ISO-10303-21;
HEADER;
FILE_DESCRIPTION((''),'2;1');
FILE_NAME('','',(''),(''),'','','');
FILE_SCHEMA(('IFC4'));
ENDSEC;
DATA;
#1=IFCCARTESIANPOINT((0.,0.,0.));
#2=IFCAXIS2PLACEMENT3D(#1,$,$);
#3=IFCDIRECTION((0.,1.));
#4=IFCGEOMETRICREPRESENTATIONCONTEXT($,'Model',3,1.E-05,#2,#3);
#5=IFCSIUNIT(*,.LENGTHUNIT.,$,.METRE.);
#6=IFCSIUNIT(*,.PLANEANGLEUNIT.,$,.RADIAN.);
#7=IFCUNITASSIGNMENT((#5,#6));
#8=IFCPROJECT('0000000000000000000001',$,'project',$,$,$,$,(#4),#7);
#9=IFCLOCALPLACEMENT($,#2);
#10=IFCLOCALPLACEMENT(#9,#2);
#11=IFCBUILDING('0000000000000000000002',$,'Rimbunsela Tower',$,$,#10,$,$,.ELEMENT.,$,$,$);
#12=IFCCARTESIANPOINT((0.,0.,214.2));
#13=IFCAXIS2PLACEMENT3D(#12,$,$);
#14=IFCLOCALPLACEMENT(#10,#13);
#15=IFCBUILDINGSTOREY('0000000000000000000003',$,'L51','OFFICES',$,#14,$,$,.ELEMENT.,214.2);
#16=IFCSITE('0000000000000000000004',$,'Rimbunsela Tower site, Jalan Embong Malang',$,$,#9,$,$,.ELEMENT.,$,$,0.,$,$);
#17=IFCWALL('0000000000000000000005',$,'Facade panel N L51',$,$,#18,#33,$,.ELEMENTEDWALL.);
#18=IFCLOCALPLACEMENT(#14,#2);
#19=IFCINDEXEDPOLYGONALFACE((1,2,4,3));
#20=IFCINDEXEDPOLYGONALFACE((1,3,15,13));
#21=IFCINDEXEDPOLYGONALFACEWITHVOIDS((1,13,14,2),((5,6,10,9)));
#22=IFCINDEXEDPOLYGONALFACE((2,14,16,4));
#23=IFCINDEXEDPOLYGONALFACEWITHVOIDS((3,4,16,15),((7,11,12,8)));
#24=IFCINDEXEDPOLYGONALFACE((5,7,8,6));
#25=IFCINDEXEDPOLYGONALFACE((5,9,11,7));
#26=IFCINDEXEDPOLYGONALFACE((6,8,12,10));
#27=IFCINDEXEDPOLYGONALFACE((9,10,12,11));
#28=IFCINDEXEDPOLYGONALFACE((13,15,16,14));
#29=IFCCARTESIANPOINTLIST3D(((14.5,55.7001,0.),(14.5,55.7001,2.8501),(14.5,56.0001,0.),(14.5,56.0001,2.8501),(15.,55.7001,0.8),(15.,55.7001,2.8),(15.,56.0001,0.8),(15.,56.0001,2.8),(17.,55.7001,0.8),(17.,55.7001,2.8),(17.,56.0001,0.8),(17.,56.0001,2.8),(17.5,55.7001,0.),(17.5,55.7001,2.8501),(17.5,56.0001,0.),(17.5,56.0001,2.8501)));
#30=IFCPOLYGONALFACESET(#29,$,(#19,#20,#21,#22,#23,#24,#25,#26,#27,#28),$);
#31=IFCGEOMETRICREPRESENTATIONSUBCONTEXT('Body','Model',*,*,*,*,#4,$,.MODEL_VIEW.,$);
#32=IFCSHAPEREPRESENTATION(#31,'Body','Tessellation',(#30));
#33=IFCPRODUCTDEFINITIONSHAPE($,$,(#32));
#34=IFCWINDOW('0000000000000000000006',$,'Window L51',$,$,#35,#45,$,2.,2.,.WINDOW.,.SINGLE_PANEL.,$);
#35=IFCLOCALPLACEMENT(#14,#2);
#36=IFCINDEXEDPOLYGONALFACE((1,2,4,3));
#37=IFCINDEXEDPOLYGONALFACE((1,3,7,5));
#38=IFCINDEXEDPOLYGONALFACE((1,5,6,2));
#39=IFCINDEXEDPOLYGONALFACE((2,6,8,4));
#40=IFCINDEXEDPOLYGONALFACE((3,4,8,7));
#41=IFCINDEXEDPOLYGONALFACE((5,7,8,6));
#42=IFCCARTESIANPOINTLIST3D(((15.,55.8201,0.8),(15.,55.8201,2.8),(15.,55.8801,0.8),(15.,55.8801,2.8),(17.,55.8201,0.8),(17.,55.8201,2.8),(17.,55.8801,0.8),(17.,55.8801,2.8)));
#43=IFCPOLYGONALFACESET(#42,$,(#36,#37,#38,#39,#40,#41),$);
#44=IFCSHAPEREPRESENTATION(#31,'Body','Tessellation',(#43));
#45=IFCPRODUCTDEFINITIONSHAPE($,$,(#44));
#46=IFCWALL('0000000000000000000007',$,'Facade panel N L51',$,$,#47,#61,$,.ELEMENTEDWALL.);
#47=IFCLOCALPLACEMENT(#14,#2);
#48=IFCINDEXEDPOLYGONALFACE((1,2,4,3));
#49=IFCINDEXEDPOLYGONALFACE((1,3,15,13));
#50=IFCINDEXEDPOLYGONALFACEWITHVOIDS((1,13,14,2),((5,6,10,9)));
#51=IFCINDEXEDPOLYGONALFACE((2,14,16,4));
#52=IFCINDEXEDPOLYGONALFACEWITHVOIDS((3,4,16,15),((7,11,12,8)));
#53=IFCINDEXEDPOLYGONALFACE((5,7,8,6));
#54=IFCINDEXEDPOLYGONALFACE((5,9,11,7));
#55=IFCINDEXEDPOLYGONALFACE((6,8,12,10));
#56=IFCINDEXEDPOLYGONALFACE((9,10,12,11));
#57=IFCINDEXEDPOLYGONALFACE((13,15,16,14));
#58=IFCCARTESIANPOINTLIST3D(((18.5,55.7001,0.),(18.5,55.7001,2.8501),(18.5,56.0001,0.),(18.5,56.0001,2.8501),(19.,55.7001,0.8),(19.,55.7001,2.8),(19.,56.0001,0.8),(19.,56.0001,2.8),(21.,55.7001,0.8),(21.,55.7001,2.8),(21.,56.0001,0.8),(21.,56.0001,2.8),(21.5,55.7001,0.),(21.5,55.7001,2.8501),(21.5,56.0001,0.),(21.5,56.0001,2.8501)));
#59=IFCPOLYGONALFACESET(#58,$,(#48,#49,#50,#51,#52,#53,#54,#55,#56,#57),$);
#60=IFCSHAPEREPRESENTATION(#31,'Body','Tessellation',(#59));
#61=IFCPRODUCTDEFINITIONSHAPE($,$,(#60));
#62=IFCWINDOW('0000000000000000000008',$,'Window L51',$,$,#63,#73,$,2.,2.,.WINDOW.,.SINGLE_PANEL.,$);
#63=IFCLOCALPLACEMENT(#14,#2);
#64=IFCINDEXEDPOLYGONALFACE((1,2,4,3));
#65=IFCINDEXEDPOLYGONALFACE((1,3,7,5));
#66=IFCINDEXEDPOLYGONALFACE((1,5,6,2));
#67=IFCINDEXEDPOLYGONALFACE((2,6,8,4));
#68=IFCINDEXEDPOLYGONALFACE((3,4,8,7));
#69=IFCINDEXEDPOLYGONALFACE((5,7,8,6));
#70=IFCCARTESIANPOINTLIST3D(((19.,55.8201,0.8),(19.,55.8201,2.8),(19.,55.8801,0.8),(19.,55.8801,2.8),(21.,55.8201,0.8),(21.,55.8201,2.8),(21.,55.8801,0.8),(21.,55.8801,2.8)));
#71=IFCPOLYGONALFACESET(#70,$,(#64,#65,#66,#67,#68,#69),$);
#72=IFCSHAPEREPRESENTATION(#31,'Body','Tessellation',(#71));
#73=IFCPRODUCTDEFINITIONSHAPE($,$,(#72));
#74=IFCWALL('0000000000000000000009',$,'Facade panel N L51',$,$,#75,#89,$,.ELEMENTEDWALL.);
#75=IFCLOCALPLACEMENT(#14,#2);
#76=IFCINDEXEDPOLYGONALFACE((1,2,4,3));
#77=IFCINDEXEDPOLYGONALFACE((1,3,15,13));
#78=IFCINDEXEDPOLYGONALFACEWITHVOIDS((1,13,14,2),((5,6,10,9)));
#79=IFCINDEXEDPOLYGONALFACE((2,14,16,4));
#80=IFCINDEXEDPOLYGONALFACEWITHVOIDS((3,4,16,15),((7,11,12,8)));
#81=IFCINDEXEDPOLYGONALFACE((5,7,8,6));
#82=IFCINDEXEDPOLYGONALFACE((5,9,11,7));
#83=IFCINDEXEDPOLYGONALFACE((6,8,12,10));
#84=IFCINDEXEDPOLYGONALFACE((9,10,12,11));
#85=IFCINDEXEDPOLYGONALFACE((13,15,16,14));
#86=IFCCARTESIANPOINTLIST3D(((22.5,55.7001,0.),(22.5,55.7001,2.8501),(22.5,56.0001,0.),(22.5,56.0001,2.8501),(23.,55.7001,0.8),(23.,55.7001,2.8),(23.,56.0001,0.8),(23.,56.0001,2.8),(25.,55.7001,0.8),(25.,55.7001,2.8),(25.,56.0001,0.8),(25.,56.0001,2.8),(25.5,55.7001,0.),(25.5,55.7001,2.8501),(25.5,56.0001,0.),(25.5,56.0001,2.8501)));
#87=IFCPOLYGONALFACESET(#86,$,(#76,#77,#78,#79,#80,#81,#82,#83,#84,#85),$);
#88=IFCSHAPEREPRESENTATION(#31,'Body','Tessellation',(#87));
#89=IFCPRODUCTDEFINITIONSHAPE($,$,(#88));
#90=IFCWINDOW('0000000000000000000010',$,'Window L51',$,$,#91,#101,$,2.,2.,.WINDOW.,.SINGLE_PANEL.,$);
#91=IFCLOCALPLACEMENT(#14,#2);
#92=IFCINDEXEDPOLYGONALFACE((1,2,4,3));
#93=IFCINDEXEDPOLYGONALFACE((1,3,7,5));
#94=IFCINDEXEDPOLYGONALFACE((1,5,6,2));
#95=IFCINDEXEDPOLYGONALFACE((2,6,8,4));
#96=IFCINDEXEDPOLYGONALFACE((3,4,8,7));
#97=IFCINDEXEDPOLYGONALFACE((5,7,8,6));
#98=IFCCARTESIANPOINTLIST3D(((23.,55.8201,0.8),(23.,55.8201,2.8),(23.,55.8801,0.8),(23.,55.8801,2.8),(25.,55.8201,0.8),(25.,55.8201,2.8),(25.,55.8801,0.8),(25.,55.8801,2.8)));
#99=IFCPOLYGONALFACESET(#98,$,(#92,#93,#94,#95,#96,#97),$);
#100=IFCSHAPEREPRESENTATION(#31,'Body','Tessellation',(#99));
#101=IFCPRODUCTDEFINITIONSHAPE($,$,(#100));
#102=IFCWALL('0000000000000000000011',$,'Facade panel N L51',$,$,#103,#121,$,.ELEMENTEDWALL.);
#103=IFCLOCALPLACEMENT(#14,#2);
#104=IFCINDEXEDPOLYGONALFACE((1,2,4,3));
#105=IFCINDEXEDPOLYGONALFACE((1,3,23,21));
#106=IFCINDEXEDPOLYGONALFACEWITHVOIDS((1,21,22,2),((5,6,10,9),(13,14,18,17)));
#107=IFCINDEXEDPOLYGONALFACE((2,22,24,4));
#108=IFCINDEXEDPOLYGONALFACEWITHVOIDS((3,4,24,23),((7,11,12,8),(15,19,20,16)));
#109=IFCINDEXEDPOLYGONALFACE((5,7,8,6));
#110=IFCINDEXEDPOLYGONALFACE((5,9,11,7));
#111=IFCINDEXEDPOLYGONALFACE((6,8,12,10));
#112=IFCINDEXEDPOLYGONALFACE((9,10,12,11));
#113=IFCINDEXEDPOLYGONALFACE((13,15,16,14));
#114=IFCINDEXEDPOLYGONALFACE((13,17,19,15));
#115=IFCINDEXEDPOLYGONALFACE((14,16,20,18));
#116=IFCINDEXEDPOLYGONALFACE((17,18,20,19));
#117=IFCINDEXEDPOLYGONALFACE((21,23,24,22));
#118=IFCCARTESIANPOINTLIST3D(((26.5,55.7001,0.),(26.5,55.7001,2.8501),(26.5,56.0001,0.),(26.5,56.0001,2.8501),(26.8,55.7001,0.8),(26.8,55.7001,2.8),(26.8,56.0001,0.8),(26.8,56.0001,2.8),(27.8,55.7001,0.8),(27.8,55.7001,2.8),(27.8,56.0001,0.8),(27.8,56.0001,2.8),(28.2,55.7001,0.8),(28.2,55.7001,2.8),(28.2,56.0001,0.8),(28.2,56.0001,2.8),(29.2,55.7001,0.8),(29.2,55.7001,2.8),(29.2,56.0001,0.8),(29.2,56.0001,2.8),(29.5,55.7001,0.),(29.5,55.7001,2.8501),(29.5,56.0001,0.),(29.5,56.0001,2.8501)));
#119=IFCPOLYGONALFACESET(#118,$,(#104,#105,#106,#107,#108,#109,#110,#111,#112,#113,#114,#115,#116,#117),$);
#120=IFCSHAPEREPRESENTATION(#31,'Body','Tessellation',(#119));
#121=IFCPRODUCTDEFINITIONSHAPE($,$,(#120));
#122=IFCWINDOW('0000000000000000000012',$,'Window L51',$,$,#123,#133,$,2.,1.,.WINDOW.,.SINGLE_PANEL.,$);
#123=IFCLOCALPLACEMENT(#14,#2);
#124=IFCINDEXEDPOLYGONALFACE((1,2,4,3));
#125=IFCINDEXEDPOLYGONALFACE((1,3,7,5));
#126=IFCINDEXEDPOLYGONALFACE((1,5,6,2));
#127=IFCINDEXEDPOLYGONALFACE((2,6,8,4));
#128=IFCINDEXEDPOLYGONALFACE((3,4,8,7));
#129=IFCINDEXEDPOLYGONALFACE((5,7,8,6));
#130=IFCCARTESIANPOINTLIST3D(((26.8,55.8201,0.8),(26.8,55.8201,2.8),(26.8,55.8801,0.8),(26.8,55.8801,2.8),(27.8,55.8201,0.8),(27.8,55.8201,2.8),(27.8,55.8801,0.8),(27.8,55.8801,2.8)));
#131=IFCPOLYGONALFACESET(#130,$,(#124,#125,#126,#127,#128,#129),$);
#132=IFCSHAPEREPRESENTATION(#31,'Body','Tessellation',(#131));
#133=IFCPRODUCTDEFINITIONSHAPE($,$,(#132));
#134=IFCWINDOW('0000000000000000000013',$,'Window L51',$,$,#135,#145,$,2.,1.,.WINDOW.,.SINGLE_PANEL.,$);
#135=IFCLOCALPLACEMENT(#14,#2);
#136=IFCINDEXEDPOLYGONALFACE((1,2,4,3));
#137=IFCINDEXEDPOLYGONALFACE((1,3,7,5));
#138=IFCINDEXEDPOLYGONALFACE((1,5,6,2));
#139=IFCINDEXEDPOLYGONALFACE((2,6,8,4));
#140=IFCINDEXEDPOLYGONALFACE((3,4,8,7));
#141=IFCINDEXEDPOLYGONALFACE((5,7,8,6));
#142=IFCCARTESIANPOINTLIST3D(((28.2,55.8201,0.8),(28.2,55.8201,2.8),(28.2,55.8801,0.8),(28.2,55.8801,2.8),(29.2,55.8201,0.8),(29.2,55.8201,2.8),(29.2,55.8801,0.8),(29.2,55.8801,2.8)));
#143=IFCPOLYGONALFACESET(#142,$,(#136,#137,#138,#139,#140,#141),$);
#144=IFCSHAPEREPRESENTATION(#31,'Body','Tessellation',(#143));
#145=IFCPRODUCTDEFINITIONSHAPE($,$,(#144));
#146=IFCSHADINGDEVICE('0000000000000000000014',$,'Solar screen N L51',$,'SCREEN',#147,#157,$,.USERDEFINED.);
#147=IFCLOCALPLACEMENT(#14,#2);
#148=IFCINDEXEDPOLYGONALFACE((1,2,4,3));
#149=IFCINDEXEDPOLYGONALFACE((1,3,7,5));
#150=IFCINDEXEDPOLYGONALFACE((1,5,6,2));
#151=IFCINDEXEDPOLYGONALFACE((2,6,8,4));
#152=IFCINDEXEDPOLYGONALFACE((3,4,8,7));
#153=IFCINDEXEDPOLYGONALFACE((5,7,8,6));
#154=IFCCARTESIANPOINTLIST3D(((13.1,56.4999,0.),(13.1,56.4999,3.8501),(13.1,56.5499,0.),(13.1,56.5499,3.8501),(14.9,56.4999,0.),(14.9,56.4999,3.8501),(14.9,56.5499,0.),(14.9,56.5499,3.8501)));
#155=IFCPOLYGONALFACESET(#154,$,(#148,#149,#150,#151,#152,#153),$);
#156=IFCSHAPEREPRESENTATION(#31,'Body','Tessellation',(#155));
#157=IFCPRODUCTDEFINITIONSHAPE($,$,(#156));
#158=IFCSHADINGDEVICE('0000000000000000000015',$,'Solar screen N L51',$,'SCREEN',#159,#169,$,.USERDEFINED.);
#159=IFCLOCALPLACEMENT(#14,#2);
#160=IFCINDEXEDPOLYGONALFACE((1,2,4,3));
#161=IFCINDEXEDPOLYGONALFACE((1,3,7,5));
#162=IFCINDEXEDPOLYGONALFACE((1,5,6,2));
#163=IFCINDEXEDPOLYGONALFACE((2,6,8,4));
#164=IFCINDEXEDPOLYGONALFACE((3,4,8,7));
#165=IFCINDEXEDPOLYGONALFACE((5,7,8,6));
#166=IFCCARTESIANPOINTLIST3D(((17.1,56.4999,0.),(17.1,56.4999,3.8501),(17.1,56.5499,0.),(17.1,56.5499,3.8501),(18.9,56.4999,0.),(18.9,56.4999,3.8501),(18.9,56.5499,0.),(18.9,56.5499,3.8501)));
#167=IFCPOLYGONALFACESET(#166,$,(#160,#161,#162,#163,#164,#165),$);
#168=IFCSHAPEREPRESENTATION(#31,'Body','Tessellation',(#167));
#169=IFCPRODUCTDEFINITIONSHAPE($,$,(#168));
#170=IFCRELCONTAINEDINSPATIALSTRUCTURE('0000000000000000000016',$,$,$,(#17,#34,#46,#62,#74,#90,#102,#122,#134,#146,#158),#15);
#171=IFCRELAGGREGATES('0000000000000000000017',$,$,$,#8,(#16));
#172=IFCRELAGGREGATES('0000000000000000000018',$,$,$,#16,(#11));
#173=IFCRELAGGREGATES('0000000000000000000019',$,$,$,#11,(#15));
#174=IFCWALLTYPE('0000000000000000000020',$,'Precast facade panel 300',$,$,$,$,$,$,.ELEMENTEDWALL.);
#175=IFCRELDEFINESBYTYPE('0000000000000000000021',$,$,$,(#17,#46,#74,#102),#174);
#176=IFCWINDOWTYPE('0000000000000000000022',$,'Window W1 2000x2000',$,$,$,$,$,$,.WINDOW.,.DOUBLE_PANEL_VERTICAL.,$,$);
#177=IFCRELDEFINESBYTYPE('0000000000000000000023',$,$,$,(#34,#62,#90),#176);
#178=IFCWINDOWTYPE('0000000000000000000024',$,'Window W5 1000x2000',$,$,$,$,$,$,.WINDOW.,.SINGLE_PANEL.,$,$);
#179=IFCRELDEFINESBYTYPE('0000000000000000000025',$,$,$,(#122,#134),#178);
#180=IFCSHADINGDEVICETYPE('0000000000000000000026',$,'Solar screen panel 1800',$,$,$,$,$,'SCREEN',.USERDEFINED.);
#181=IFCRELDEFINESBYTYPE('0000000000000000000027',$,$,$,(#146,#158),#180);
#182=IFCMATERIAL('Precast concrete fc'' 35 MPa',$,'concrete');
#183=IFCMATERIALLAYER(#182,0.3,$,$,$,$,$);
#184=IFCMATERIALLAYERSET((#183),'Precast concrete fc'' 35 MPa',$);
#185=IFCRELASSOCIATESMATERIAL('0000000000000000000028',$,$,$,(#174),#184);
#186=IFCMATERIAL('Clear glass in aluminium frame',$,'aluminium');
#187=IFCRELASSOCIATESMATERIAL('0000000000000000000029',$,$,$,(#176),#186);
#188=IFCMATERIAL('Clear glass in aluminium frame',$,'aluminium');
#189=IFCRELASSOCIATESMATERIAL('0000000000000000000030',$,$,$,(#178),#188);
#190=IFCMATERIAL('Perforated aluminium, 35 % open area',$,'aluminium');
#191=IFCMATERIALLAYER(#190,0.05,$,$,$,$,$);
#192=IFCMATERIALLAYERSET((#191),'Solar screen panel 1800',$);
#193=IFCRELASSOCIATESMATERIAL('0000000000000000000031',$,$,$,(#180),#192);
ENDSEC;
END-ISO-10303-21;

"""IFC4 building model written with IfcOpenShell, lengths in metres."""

from ifc_helpers import new_model, si_unit, direction, frame, frame_2d, origin, origin_2d, place, context, subcontext, project, spatial, rectangle, extrude, material, layer, layer_set, type_object, element, fill, save


model = new_model("IFC4")

# Units and contexts
model_context = context("Model", 3, precision=1e-05, world=origin(), true_north=direction((0.0, 1.0)))
body_context = subcontext(model_context, "Body", "Model", "MODEL_VIEW")
ifc_project = project(units=[si_unit("LENGTHUNIT", "METRE"), si_unit("PLANEANGLEUNIT", "RADIAN")], contexts=[model_context])

# Site, building, storey
site_placement = place(None, origin())
site = spatial("IfcSite", under=ifc_project, at=site_placement, Name="Rimbunsela Tower site, Jalan Embong Malang", CompositionType="ELEMENT", RefElevation=0.0)
building_placement = place(site_placement, origin())
building = spatial("IfcBuilding", under=site, at=building_placement, Name="Rimbunsela Tower", CompositionType="ELEMENT")
storey_placement = place(building_placement, frame((0.0, 0.0, 214.2)))
storey = spatial("IfcBuildingStorey", under=building, at=storey_placement, Name="L51", Description="OFFICES", CompositionType="ELEMENT", Elevation=214.2)

# Walls, openings, windows
ifc_material_1 = material(Name="Precast concrete fc' 35 MPa", Category="concrete")
ifc_layer_1 = layer(ifc_material_1, 0.3)
ifc_layer_set_1 = layer_set([ifc_layer_1], Name="Precast concrete fc' 35 MPa")
wall_type_1 = type_object("IfcWallType", Name="Precast facade panel 300", PredefinedType="ELEMENTEDWALL", material=ifc_layer_set_1)
wall_1_placement = place(storey_placement, frame((17.5, 55.8501, 0.0), z_axis=(0.0, 0.0, 1.0), x_axis=(-1.0, 0.0, 0.0)))
wall_1 = element("IfcWall", 1, at=wall_1_placement, inside=storey, type_object=wall_type_1, Name="Facade panel N L51", PredefinedType="ELEMENTEDWALL", context=body_context, shape_type="SweptSolid", body=[
    extrude(rectangle(XDim=3.0, YDim=0.3, at=frame_2d((1.5, 0.0))), origin(), (0.0, 0.0, 1.0), 2.8501),
])
opening_1_placement = place(wall_1_placement, frame((0.5, 0.0, 0.8)))
opening_1 = element("IfcOpeningElement", 2, at=opening_1_placement, cuts=wall_1, PredefinedType="OPENING", context=body_context, shape_type="SweptSolid", body=[
    extrude(rectangle(XDim=2.0, YDim=2.0, at=frame_2d((1.0, 1.0))), frame((0.0, 0.1599, 0.0), z_axis=(0.0, -1.0, 0.0), x_axis=(1.0, 0.0, 0.0)), (0.0, 0.0, 1.0), 0.3201),
])
ifc_material_2 = material(Name="Clear glass in aluminium frame", Category="aluminium")
window_type_1 = type_object("IfcWindowType", Name="Window W1 2000x2000", PartitioningType="DOUBLE_PANEL_VERTICAL", PredefinedType="WINDOW", material=ifc_material_2)
window_1_placement = place(opening_1_placement, origin())
window_1 = element("IfcWindow", 3, at=window_1_placement, inside=storey, type_object=window_type_1, Name="Window L51", OverallHeight=2.0, OverallWidth=2.0, PartitioningType="SINGLE_PANEL", PredefinedType="WINDOW", context=body_context, shape_type="SweptSolid", body=[
    extrude(rectangle(XDim=2.0, YDim=2.0, at=frame_2d((1.0, 1.0))), frame((0.0, 0.03, 0.0), z_axis=(0.0, -1.0, 0.0), x_axis=(1.0, 0.0, 0.0)), (0.0, 0.0, 1.0), 0.0601),
])
fill(opening_1, window_1)
wall_2_placement = place(storey_placement, frame((21.5, 55.8501, 0.0), z_axis=(0.0, 0.0, 1.0), x_axis=(-1.0, 0.0, 0.0)))
wall_2 = element("IfcWall", 4, at=wall_2_placement, inside=storey, type_object=wall_type_1, Name="Facade panel N L51", PredefinedType="ELEMENTEDWALL", context=body_context, shape_type="SweptSolid", body=[
    extrude(rectangle(XDim=3.0, YDim=0.3, at=frame_2d((1.5, 0.0))), origin(), (0.0, 0.0, 1.0), 2.8501),
])
opening_2_placement = place(wall_2_placement, frame((0.5, 0.0, 0.8)))
opening_2 = element("IfcOpeningElement", 5, at=opening_2_placement, cuts=wall_2, PredefinedType="OPENING", context=body_context, shape_type="SweptSolid", body=[
    extrude(rectangle(XDim=2.0, YDim=2.0, at=frame_2d((1.0, 1.0))), frame((0.0, 0.1599, 0.0), z_axis=(0.0, -1.0, 0.0), x_axis=(1.0, 0.0, 0.0)), (0.0, 0.0, 1.0), 0.3201),
])
window_2_placement = place(opening_2_placement, origin())
window_2 = element("IfcWindow", 6, at=window_2_placement, inside=storey, type_object=window_type_1, Name="Window L51", OverallHeight=2.0, OverallWidth=2.0, PartitioningType="SINGLE_PANEL", PredefinedType="WINDOW", context=body_context, shape_type="SweptSolid", body=[
    extrude(rectangle(XDim=2.0, YDim=2.0, at=frame_2d((1.0, 1.0))), frame((0.0, 0.03, 0.0), z_axis=(0.0, -1.0, 0.0), x_axis=(1.0, 0.0, 0.0)), (0.0, 0.0, 1.0), 0.0601),
])
fill(opening_2, window_2)
wall_3_placement = place(storey_placement, frame((25.5, 55.8501, 0.0), z_axis=(0.0, 0.0, 1.0), x_axis=(-1.0, 0.0, 0.0)))
wall_3 = element("IfcWall", 7, at=wall_3_placement, inside=storey, type_object=wall_type_1, Name="Facade panel N L51", PredefinedType="ELEMENTEDWALL", context=body_context, shape_type="SweptSolid", body=[
    extrude(rectangle(XDim=3.0, YDim=0.3, at=frame_2d((1.5, 0.0))), origin(), (0.0, 0.0, 1.0), 2.8501),
])
opening_3_placement = place(wall_3_placement, frame((0.5, 0.0, 0.8)))
opening_3 = element("IfcOpeningElement", 8, at=opening_3_placement, cuts=wall_3, PredefinedType="OPENING", context=body_context, shape_type="SweptSolid", body=[
    extrude(rectangle(XDim=2.0, YDim=2.0, at=frame_2d((1.0, 1.0))), frame((0.0, 0.1599, 0.0), z_axis=(0.0, -1.0, 0.0), x_axis=(1.0, 0.0, 0.0)), (0.0, 0.0, 1.0), 0.3201),
])
window_3_placement = place(opening_3_placement, origin())
window_3 = element("IfcWindow", 9, at=window_3_placement, inside=storey, type_object=window_type_1, Name="Window L51", OverallHeight=2.0, OverallWidth=2.0, PartitioningType="SINGLE_PANEL", PredefinedType="WINDOW", context=body_context, shape_type="SweptSolid", body=[
    extrude(rectangle(XDim=2.0, YDim=2.0, at=frame_2d((1.0, 1.0))), frame((0.0, 0.03, 0.0), z_axis=(0.0, -1.0, 0.0), x_axis=(1.0, 0.0, 0.0)), (0.0, 0.0, 1.0), 0.0601),
])
fill(opening_3, window_3)

# Wall, openings, windows
wall_4_placement = place(storey_placement, frame((29.5, 55.8501, 0.0), z_axis=(0.0, 0.0, 1.0), x_axis=(-1.0, 0.0, 0.0)))
wall_4 = element("IfcWall", 10, at=wall_4_placement, inside=storey, type_object=wall_type_1, Name="Facade panel N L51", PredefinedType="ELEMENTEDWALL", context=body_context, shape_type="SweptSolid", body=[
    extrude(rectangle(XDim=3.0, YDim=0.3, at=frame_2d((1.5, 0.0))), origin(), (0.0, 0.0, 1.0), 2.8501),
])
opening_4_placement = place(wall_4_placement, frame((1.7, 0.0, 0.8)))
opening_4 = element("IfcOpeningElement", 11, at=opening_4_placement, cuts=wall_4, PredefinedType="OPENING", context=body_context, shape_type="SweptSolid", body=[
    extrude(rectangle(XDim=1.0, YDim=2.0, at=frame_2d((0.5, 1.0))), frame((0.0, 0.1599, 0.0), z_axis=(0.0, -1.0, 0.0), x_axis=(1.0, 0.0, 0.0)), (0.0, 0.0, 1.0), 0.3201),
])
opening_5_placement = place(wall_4_placement, frame((0.3, 0.0, 0.8)))
opening_5 = element("IfcOpeningElement", 12, at=opening_5_placement, cuts=wall_4, PredefinedType="OPENING", context=body_context, shape_type="SweptSolid", body=[
    extrude(rectangle(XDim=1.0, YDim=2.0, at=frame_2d((0.5, 1.0))), frame((0.0, 0.1599, 0.0), z_axis=(0.0, -1.0, 0.0), x_axis=(1.0, 0.0, 0.0)), (0.0, 0.0, 1.0), 0.3201),
])
ifc_material_3 = material(Name="Clear glass in aluminium frame", Category="aluminium")
window_type_2 = type_object("IfcWindowType", Name="Window W5 1000x2000", PartitioningType="SINGLE_PANEL", PredefinedType="WINDOW", material=ifc_material_3)
window_4_placement = place(opening_4_placement, origin())
window_4 = element("IfcWindow", 13, at=window_4_placement, inside=storey, type_object=window_type_2, Name="Window L51", OverallHeight=2.0, OverallWidth=1.0, PartitioningType="SINGLE_PANEL", PredefinedType="WINDOW", context=body_context, shape_type="SweptSolid", body=[
    extrude(rectangle(XDim=1.0, YDim=2.0, at=frame_2d((0.5, 1.0))), frame((0.0, 0.03, 0.0), z_axis=(0.0, -1.0, 0.0), x_axis=(1.0, 0.0, 0.0)), (0.0, 0.0, 1.0), 0.0601),
])
fill(opening_4, window_4)
window_5_placement = place(opening_5_placement, origin())
window_5 = element("IfcWindow", 14, at=window_5_placement, inside=storey, type_object=window_type_2, Name="Window L51", OverallHeight=2.0, OverallWidth=1.0, PartitioningType="SINGLE_PANEL", PredefinedType="WINDOW", context=body_context, shape_type="SweptSolid", body=[
    extrude(rectangle(XDim=1.0, YDim=2.0, at=frame_2d((0.5, 1.0))), frame((0.0, 0.03, 0.0), z_axis=(0.0, -1.0, 0.0), x_axis=(1.0, 0.0, 0.0)), (0.0, 0.0, 1.0), 0.0601),
])
fill(opening_5, window_5)

# Shading devices
ifc_material_4 = material(Name="Perforated aluminium, 35 % open area", Category="aluminium")
ifc_layer_2 = layer(ifc_material_4, 0.05)
ifc_layer_set_2 = layer_set([ifc_layer_2], Name="Solar screen panel 1800")
shading_device_type = type_object("IfcShadingDeviceType", Name="Solar screen panel 1800", ElementType="SCREEN", PredefinedType="USERDEFINED", material=ifc_layer_set_2)
for number, where, z_axis, x_axis, name in (
    (15, (14.0, 56.5249, 0.0), (0.0, 0.0, 1.0), (1.0, 0.0, 0.0), "Solar screen N L51"),
    (16, (18.0, 56.5249, 0.0), (0.0, 0.0, 1.0), (1.0, 0.0, 0.0), "Solar screen N L51"),
):
    element("IfcShadingDevice", number, at=place(storey_placement, frame(where, z_axis=z_axis, x_axis=x_axis)), inside=storey, type_object=shading_device_type, Name=name, ObjectType="SCREEN", PredefinedType="USERDEFINED", context=body_context, shape_type="SweptSolid", body=[
        extrude(rectangle(XDim=1.8, YDim=0.05, at=origin_2d()), origin(), (0.0, 0.0, 1.0), 3.8501),
    ])

save(model, "model.ifc")
